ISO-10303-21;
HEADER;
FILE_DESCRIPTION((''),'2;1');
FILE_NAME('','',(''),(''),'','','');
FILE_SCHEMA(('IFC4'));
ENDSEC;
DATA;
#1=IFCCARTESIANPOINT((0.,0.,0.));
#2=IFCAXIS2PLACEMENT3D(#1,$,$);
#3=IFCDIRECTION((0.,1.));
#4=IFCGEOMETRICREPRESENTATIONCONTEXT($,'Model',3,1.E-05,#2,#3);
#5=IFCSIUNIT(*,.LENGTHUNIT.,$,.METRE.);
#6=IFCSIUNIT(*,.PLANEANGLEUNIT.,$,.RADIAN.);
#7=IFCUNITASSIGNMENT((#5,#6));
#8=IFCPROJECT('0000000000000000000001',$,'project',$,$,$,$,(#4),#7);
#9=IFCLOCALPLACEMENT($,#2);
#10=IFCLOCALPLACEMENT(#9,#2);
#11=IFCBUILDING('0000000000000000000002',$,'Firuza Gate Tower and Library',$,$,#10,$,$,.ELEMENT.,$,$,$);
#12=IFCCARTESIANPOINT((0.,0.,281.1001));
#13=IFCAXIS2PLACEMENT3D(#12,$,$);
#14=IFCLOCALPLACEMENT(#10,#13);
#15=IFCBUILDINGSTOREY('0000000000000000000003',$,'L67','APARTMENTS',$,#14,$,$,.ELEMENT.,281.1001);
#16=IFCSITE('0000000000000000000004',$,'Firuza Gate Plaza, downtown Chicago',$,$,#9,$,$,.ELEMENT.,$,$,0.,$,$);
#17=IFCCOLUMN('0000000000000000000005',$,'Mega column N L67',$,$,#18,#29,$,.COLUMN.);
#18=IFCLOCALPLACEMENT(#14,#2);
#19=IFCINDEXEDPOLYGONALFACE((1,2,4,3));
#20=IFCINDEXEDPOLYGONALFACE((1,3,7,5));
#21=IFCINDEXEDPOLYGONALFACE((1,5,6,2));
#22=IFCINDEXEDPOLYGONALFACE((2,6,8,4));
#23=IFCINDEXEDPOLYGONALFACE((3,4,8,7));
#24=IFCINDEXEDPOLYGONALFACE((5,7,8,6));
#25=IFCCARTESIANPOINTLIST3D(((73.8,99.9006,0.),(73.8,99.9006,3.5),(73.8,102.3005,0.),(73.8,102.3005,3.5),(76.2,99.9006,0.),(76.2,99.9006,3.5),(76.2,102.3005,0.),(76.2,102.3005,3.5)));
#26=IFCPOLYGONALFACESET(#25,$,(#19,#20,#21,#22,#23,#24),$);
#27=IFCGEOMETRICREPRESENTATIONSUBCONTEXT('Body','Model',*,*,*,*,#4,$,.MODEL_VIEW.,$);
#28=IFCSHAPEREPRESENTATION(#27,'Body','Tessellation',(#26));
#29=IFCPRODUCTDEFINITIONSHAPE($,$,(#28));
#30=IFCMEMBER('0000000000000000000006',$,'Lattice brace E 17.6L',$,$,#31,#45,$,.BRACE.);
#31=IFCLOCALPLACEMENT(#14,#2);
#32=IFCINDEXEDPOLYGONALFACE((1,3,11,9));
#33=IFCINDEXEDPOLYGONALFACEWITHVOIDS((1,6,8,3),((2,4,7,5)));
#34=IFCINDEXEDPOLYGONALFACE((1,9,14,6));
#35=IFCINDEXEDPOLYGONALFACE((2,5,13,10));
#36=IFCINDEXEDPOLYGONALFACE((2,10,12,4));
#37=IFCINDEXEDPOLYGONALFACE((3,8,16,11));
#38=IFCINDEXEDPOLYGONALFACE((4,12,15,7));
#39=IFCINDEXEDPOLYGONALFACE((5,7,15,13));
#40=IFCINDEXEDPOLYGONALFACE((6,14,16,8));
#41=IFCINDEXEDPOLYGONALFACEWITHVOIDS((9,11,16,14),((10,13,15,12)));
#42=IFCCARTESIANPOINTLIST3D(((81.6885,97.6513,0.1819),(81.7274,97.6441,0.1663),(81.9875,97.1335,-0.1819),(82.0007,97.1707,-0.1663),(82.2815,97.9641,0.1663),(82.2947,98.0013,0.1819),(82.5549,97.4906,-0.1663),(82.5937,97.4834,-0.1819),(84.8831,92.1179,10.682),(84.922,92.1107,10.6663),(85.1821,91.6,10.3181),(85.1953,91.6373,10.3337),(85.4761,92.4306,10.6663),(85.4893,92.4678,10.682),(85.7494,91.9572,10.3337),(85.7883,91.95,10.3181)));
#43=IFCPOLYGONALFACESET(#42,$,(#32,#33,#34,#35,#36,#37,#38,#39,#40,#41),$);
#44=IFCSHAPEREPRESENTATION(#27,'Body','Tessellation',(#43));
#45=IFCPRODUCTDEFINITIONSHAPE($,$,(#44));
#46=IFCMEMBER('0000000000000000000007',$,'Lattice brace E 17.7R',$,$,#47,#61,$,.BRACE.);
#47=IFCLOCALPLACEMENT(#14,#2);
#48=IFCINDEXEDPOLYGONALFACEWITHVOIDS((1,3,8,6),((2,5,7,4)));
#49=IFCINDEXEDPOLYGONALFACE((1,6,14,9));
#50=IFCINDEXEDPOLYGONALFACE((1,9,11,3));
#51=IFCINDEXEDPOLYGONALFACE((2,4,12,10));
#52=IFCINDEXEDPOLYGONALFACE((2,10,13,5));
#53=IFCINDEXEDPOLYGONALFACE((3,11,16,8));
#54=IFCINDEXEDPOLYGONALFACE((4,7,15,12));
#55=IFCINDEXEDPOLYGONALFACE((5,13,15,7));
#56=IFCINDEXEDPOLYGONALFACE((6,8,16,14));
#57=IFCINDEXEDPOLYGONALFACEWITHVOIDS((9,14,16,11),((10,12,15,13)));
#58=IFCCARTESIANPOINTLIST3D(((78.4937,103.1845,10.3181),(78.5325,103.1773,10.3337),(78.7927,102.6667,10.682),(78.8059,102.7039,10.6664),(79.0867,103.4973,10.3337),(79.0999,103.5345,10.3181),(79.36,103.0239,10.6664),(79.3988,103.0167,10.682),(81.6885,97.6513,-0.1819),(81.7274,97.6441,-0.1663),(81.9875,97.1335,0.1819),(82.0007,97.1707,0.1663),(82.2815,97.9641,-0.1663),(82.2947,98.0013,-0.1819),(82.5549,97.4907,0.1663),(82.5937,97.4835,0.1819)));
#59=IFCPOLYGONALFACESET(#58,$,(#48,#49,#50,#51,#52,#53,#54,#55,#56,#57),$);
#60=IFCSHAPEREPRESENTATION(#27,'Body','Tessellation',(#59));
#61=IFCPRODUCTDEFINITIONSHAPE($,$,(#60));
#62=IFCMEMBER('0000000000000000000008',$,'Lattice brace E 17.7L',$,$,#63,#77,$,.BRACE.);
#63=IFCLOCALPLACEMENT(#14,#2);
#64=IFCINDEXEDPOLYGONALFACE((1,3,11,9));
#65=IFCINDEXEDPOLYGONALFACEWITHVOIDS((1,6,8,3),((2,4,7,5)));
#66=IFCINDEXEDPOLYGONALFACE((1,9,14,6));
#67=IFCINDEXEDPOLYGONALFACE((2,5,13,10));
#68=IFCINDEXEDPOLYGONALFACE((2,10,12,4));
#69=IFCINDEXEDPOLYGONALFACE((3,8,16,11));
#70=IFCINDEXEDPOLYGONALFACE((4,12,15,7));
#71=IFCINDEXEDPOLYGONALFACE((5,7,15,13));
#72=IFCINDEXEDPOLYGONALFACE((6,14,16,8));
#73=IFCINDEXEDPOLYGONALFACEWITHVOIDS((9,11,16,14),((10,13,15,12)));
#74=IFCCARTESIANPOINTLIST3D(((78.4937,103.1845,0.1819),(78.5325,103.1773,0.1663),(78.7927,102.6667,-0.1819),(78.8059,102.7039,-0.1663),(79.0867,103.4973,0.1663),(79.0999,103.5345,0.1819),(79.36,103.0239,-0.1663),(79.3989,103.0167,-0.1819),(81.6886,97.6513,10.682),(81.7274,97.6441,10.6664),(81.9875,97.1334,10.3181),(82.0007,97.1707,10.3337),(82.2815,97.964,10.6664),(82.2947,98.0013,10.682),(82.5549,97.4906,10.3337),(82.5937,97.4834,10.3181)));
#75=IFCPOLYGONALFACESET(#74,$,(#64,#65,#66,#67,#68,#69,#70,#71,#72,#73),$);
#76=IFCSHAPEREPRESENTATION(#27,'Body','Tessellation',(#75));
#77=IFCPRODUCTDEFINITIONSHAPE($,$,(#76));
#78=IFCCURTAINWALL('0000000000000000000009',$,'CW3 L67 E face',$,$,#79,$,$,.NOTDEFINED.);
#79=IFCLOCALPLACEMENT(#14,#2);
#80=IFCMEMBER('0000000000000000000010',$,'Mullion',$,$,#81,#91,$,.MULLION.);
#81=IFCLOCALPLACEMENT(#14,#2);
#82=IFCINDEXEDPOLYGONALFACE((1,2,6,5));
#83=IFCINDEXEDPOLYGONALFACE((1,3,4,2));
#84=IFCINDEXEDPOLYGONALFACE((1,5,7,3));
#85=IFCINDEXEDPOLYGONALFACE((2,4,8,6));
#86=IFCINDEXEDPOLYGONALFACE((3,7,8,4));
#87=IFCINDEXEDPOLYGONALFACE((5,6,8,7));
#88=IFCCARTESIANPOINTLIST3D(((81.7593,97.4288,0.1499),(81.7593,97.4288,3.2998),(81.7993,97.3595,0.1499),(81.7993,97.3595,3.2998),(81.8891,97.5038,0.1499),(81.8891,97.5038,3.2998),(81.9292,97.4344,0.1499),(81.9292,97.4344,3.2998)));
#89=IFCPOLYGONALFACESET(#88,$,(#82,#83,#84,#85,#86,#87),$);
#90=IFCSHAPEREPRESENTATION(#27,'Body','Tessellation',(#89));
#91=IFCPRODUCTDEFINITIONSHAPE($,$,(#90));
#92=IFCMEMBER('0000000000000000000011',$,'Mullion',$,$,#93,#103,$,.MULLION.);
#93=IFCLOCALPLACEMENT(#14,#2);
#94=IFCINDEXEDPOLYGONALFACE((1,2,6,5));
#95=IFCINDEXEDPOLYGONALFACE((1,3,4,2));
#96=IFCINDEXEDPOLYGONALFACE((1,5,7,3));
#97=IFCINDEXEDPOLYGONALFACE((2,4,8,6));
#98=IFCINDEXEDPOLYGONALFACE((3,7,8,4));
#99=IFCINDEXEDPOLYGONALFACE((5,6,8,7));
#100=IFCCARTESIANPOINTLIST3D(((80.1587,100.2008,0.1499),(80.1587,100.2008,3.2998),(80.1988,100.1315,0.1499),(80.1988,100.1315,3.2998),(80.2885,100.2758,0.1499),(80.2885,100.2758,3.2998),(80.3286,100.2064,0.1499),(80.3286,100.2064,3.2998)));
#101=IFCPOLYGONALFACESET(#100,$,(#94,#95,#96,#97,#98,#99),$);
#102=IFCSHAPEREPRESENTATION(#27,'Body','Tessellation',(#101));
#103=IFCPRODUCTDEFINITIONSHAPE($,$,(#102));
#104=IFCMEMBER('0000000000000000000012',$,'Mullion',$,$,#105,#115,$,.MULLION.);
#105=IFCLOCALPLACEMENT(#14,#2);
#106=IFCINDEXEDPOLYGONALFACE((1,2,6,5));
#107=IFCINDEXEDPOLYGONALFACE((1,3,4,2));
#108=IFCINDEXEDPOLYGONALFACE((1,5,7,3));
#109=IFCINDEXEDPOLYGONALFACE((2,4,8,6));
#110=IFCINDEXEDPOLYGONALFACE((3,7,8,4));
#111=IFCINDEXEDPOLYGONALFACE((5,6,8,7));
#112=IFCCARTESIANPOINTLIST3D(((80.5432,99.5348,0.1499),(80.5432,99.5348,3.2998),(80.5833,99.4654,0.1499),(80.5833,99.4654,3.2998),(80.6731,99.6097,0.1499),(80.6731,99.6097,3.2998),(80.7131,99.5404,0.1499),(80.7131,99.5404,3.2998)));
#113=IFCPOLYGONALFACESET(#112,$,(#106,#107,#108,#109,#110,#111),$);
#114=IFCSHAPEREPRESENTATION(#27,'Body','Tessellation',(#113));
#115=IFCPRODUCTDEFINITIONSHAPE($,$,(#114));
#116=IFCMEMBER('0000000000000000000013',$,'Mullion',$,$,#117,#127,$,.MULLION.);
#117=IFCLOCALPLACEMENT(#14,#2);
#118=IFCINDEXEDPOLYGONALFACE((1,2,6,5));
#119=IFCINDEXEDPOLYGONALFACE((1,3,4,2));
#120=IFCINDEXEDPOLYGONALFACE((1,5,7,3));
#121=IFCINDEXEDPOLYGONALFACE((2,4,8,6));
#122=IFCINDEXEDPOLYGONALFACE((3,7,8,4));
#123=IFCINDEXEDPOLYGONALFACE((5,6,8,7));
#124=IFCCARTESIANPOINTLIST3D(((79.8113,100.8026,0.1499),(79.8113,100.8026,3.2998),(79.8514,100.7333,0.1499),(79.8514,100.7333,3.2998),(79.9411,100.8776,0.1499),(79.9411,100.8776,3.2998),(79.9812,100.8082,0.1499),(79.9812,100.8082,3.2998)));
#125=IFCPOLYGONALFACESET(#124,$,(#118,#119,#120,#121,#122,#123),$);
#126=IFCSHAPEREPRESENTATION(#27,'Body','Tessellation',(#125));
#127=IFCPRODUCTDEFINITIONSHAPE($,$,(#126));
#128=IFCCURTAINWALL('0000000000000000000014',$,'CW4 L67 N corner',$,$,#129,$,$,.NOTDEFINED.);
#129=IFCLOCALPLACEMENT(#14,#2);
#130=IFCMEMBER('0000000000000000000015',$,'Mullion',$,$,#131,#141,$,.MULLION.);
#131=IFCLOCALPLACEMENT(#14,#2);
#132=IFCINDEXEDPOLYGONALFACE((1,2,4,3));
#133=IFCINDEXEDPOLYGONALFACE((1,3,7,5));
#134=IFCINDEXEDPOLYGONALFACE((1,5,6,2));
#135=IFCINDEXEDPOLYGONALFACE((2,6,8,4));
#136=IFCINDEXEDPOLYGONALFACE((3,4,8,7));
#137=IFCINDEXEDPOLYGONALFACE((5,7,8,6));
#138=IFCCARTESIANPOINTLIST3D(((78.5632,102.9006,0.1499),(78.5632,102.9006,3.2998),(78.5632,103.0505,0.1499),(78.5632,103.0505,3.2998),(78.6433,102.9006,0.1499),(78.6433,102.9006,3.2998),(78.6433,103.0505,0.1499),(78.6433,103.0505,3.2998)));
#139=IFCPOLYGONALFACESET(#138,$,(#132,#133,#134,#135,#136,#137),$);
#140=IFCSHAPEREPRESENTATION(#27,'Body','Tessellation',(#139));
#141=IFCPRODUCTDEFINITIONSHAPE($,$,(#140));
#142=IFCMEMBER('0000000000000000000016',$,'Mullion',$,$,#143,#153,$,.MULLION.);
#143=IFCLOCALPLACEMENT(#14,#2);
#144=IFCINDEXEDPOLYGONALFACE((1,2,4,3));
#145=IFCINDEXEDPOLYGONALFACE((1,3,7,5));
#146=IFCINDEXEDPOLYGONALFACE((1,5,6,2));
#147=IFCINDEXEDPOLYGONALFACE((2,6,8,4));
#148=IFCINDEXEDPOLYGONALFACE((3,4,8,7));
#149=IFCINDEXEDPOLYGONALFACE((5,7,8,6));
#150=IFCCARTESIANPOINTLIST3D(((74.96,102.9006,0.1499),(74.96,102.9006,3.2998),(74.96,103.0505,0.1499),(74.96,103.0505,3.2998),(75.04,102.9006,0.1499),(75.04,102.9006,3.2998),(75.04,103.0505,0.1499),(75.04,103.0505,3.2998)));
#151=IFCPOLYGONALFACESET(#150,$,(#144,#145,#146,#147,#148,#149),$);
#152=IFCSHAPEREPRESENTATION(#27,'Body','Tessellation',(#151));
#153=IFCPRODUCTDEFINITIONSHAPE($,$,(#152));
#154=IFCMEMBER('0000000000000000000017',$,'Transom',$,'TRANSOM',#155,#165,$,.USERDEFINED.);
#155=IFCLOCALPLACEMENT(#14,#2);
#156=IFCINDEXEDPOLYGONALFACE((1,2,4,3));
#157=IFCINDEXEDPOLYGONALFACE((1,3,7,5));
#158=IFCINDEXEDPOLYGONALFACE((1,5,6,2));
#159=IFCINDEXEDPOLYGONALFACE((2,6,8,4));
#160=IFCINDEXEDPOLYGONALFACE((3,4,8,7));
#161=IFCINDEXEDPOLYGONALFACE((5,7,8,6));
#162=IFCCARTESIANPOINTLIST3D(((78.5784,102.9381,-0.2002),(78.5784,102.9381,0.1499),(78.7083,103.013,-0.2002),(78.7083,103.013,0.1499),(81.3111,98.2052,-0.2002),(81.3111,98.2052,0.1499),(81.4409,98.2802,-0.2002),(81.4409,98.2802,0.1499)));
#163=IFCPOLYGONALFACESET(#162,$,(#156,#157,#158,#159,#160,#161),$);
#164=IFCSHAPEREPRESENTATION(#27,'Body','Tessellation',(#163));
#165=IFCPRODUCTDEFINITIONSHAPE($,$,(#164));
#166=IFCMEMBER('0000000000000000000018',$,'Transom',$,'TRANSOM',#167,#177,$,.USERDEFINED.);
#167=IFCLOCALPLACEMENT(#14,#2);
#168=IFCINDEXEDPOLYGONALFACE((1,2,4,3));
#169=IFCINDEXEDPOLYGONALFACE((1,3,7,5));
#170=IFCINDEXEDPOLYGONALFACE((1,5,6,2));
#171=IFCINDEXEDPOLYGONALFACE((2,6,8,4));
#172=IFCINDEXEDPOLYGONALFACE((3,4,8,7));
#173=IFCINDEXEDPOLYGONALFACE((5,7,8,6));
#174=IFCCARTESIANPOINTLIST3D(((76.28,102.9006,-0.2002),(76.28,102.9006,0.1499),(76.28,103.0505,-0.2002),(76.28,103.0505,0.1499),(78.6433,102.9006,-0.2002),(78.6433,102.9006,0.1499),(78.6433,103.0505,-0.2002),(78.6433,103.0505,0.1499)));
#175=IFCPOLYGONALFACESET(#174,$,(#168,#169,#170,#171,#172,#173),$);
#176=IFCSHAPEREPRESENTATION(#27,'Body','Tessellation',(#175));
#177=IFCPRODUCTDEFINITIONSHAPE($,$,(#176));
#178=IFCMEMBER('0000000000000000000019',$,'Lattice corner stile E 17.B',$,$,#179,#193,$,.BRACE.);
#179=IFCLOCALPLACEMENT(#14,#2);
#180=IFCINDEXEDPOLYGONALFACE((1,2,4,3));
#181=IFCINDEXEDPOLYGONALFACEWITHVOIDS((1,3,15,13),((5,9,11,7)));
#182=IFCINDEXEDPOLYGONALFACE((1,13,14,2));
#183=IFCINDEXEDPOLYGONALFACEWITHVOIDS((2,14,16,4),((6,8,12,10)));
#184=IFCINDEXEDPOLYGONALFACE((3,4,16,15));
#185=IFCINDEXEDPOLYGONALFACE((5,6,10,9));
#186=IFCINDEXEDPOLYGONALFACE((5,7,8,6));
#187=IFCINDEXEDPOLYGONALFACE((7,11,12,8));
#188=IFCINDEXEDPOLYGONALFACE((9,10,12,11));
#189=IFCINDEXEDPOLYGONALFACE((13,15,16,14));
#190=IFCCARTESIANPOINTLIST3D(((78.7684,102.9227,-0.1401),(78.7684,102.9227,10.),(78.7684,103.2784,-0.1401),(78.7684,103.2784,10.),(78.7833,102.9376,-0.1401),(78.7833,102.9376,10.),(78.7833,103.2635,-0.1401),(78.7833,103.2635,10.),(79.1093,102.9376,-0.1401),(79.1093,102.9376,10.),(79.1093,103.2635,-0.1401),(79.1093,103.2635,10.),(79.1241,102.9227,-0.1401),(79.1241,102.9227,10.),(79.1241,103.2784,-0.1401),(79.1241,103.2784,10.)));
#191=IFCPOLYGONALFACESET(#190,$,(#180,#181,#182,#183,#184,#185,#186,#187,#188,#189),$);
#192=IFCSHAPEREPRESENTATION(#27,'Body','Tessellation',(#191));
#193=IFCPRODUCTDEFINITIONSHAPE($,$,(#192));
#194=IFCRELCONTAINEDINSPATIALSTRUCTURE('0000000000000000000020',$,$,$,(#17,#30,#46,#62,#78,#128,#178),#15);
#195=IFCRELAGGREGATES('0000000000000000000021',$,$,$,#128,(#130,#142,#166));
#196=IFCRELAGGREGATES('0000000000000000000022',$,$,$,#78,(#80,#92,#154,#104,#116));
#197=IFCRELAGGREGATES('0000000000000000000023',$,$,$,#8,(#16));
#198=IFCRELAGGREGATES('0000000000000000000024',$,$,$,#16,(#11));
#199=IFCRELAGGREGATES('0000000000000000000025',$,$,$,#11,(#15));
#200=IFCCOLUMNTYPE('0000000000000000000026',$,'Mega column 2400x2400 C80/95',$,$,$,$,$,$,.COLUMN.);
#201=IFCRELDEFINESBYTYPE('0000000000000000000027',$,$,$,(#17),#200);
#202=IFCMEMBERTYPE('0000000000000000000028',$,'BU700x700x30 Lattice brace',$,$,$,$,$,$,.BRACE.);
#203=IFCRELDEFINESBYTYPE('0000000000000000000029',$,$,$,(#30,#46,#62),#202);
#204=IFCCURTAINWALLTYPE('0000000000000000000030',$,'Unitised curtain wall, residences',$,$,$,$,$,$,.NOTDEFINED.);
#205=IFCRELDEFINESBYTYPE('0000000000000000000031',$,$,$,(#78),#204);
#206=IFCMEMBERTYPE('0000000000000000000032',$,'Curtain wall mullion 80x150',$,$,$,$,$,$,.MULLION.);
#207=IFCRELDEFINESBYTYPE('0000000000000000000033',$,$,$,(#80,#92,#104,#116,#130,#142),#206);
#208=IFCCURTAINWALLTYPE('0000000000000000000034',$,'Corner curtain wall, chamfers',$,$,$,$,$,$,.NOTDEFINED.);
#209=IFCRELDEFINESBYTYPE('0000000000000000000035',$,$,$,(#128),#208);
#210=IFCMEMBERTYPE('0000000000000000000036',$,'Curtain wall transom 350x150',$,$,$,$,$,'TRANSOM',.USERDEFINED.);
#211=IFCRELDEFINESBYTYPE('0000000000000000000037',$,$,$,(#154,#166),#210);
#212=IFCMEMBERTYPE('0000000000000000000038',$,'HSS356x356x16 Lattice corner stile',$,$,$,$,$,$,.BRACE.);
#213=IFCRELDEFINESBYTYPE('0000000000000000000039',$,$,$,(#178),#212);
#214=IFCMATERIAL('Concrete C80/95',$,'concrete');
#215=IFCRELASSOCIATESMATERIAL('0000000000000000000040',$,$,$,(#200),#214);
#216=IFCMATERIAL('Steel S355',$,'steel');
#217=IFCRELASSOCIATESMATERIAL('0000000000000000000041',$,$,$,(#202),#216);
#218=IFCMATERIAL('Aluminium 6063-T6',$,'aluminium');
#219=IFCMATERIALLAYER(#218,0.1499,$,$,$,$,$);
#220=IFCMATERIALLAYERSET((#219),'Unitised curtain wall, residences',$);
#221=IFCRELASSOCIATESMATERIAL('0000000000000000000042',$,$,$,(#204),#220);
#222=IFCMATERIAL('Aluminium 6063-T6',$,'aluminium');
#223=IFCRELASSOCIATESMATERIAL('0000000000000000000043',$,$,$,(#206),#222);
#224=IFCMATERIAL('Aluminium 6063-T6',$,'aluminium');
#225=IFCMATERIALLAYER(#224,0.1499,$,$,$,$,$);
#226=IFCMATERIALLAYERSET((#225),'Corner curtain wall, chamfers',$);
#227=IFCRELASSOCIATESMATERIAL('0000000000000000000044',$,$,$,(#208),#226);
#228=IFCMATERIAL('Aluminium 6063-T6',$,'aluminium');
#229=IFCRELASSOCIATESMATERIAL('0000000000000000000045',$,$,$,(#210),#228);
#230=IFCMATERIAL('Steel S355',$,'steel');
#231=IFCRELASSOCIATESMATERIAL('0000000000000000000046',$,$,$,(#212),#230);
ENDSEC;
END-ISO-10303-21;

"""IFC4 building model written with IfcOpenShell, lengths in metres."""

from ifc_helpers import new_model, si_unit, direction, frame, origin, origin_2d, place, context, subcontext, project, spatial, rectangle, hollow_rectangle, extrude, material, layer, layer_set, material_profile, profile_set, type_object, element, aggregate, save


model = new_model("IFC4")

# Units and contexts
model_context = context("Model", 3, precision=1e-05, world=origin(), true_north=direction((0.0, 1.0)))
body_context = subcontext(model_context, "Body", "Model", "MODEL_VIEW")
ifc_project = project(units=[si_unit("LENGTHUNIT", "METRE"), si_unit("PLANEANGLEUNIT", "RADIAN")], contexts=[model_context])

# Site, building, storey
site_placement = place(None, origin())
site = spatial("IfcSite", under=ifc_project, at=site_placement, Name="Firuza Gate Plaza, downtown Chicago", CompositionType="ELEMENT", RefElevation=0.0)
building_placement = place(site_placement, origin())
building = spatial("IfcBuilding", under=site, at=building_placement, Name="Firuza Gate Tower and Library", CompositionType="ELEMENT")
storey_placement = place(building_placement, frame((0.0, 0.0, 281.1001)))
storey = spatial("IfcBuildingStorey", under=building, at=storey_placement, Name="L67", Description="APARTMENTS", CompositionType="ELEMENT", Elevation=281.1001)

# Column
ifc_material_1 = material(Name="Concrete C80/95", Category="concrete")
ifc_material_profile_1 = material_profile(ifc_material_1, rectangle(XDim=2.3999, YDim=2.3999, at=origin_2d()))
ifc_profile_set_1 = profile_set([ifc_material_profile_1], Name="Concrete C80/95")
column_type = type_object("IfcColumnType", Name="Mega column 2400x2400 C80/95", PredefinedType="COLUMN", material=ifc_profile_set_1)
column_placement = place(storey_placement, frame((75.0, 101.1006, 0.0), z_axis=(0.0, 0.0, 1.0), x_axis=(-1.0, 0.0, 0.0)))
element("IfcColumn", 1, at=column_placement, inside=storey, type_object=column_type, Name="Mega column N L67", PredefinedType="COLUMN", context=body_context, shape_type="SweptSolid", body=[
    extrude(rectangle(XDim=2.3999, YDim=2.3999, at=origin_2d()), origin(), (0.0, 0.0, 1.0), 3.5),
])

# Members
ifc_material_2 = material(Name="Steel S355", Category="steel")
ifc_material_profile_2 = material_profile(ifc_material_2, hollow_rectangle(XDim=0.7, YDim=0.7, WallThickness=0.03, at=origin_2d()))
ifc_profile_set_2 = profile_set([ifc_material_profile_2], Name="Steel S355")
member_type_1 = type_object("IfcMemberType", Name="BU700x700x30 Lattice brace", PredefinedType="BRACE", material=ifc_profile_set_2)
for number, where, z_axis, x_axis, name in (
    (2, (82.1411, 97.5674, 0.0), (0.259907, -0.450195, 0.854268), (0.866036, 0.499982, 0.0), "Lattice brace E 17.6L"),
    (3, (82.1411, 97.5674, 0.0), (-0.259928, 0.450177, 0.854271), (-0.86601, -0.500027, 0.0), "Lattice brace E 17.7R"),
    (4, (78.9463, 103.1006, 0.0), (0.259928, -0.450177, 0.854271), (0.86601, 0.500027, 0.0), "Lattice brace E 17.7L"),
):
    element("IfcMember", number, at=place(storey_placement, frame(where, z_axis=z_axis, x_axis=x_axis)), inside=storey, type_object=member_type_1, Name=name, PredefinedType="BRACE", context=body_context, shape_type="SweptSolid", body=[
        extrude(hollow_rectangle(XDim=0.7, YDim=0.7, WallThickness=0.03, at=origin_2d()), origin(), (0.0, 0.0, 1.0), 12.2913),
    ])

# Curtain walls, members
ifc_material_3 = material(Name="Aluminium 6063-T6", Category="aluminium")
ifc_layer_1 = layer(ifc_material_3, 0.1499)
ifc_layer_set_1 = layer_set([ifc_layer_1], Name="Unitised curtain wall, residences")
curtain_wall_type_1 = type_object("IfcCurtainWallType", Name="Unitised curtain wall, residences", PredefinedType="NOTDEFINED", material=ifc_layer_set_1)
placement = place(storey_placement, origin())
curtain_wall_1 = element("IfcCurtainWall", 5, at=placement, inside=storey, type_object=curtain_wall_type_1, Name="CW3 L67 E face", PredefinedType="NOTDEFINED")
ifc_material_4 = material(Name="Aluminium 6063-T6", Category="aluminium")
ifc_material_profile_3 = material_profile(ifc_material_4, rectangle(XDim=0.1499, YDim=0.0801, at=origin_2d()))
ifc_profile_set_3 = profile_set([ifc_material_profile_3], Name="Aluminium 6063-T6")
member_type_2 = type_object("IfcMemberType", Name="Curtain wall mullion 80x150", PredefinedType="MULLION", material=ifc_profile_set_3)
member_1_placement = place(storey_placement, frame((81.8442, 97.4316, 0.1499), z_axis=(0.0, 0.0, 1.0), x_axis=(-0.866025, -0.5, 0.0)))
member_1 = element("IfcMember", 6, at=member_1_placement, type_object=member_type_2, Name="Mullion", PredefinedType="MULLION", context=body_context, shape_type="SweptSolid", body=[
    extrude(rectangle(XDim=0.1499, YDim=0.0801, at=origin_2d()), origin(), (0.0, 0.0, 1.0), 3.1499),
])
member_2_placement = place(storey_placement, frame((80.2437, 100.2036, 0.1499), z_axis=(0.0, 0.0, 1.0), x_axis=(-0.866025, -0.5, 0.0)))
member_2 = element("IfcMember", 7, at=member_2_placement, type_object=member_type_2, Name="Mullion", PredefinedType="MULLION", context=body_context, shape_type="SweptSolid", body=[
    extrude(rectangle(XDim=0.1499, YDim=0.0801, at=origin_2d()), origin(), (0.0, 0.0, 1.0), 3.1499),
])
member_3_placement = place(storey_placement, frame((80.6282, 99.5376, 0.1499), z_axis=(0.0, 0.0, 1.0), x_axis=(-0.866025, -0.5, 0.0)))
member_3 = element("IfcMember", 8, at=member_3_placement, type_object=member_type_2, Name="Mullion", PredefinedType="MULLION", context=body_context, shape_type="SweptSolid", body=[
    extrude(rectangle(XDim=0.1499, YDim=0.0801, at=origin_2d()), origin(), (0.0, 0.0, 1.0), 3.1499),
])
member_4_placement = place(storey_placement, frame((79.8962, 100.8054, 0.1499), z_axis=(0.0, 0.0, 1.0), x_axis=(-0.866025, -0.5, 0.0)))
member_4 = element("IfcMember", 9, at=member_4_placement, type_object=member_type_2, Name="Mullion", PredefinedType="MULLION", context=body_context, shape_type="SweptSolid", body=[
    extrude(rectangle(XDim=0.1499, YDim=0.0801, at=origin_2d()), origin(), (0.0, 0.0, 1.0), 3.1499),
])
ifc_material_5 = material(Name="Aluminium 6063-T6", Category="aluminium")
ifc_layer_2 = layer(ifc_material_5, 0.1499)
ifc_layer_set_2 = layer_set([ifc_layer_2], Name="Corner curtain wall, chamfers")
curtain_wall_type_2 = type_object("IfcCurtainWallType", Name="Corner curtain wall, chamfers", PredefinedType="NOTDEFINED", material=ifc_layer_set_2)
curtain_wall_2 = element("IfcCurtainWall", 10, at=placement, inside=storey, type_object=curtain_wall_type_2, Name="CW4 L67 N corner", PredefinedType="NOTDEFINED")
member_5_placement = place(storey_placement, frame((78.6033, 102.9756, 0.1499), z_axis=(0.0, 0.0, 1.0), x_axis=(0.0, -1.0, 0.0)))
member_5 = element("IfcMember", 11, at=member_5_placement, type_object=member_type_2, Name="Mullion", PredefinedType="MULLION", context=body_context, shape_type="SweptSolid", body=[
    extrude(rectangle(XDim=0.1499, YDim=0.0801, at=origin_2d()), origin(), (0.0, 0.0, 1.0), 3.1499),
])
member_6_placement = place(storey_placement, frame((75.0, 102.9756, 0.1499), z_axis=(0.0, 0.0, 1.0), x_axis=(0.0, -1.0, 0.0)))
member_6 = element("IfcMember", 12, at=member_6_placement, type_object=member_type_2, Name="Mullion", PredefinedType="MULLION", context=body_context, shape_type="SweptSolid", body=[
    extrude(rectangle(XDim=0.1499, YDim=0.0801, at=origin_2d()), origin(), (0.0, 0.0, 1.0), 3.1499),
])

# Members
ifc_material_6 = material(Name="Aluminium 6063-T6", Category="aluminium")
ifc_material_profile_4 = material_profile(ifc_material_6, rectangle(XDim=0.1499, YDim=0.3501, at=origin_2d()))
ifc_profile_set_4 = profile_set([ifc_material_profile_4], Name="Aluminium 6063-T6")
member_type_3 = type_object("IfcMemberType", Name="Curtain wall transom 350x150", ElementType="TRANSOM", PredefinedType="USERDEFINED", material=ifc_profile_set_4)
member_7_placement = place(storey_placement, frame((81.376, 98.2427, -0.0251), z_axis=(-0.500016, 0.866016, 0.0), x_axis=(-0.866016, -0.500016, 0.0)))
member_7 = element("IfcMember", 13, at=member_7_placement, type_object=member_type_3, Name="Transom", ObjectType="TRANSOM", PredefinedType="USERDEFINED", context=body_context, shape_type="SweptSolid", body=[
    extrude(rectangle(XDim=0.1499, YDim=0.3501, at=origin_2d()), origin(), (0.0, 0.0, 1.0), 5.4651),
])
member_8_placement = place(storey_placement, frame((78.6433, 102.9756, -0.0251), z_axis=(-1.0, 0.0, 0.0), x_axis=(0.0, -1.0, 0.0)))
member_8 = element("IfcMember", 14, at=member_8_placement, type_object=member_type_3, Name="Transom", ObjectType="TRANSOM", PredefinedType="USERDEFINED", context=body_context, shape_type="SweptSolid", body=[
    extrude(rectangle(XDim=0.1499, YDim=0.3501, at=origin_2d()), origin(), (0.0, 0.0, 1.0), 2.3633),
])

# Member
ifc_material_7 = material(Name="Steel S355", Category="steel")
ifc_material_profile_5 = material_profile(ifc_material_7, hollow_rectangle(XDim=0.3557, YDim=0.3557, WallThickness=0.0149, at=origin_2d()))
ifc_profile_set_5 = profile_set([ifc_material_profile_5], Name="Steel S355")
member_type_4 = type_object("IfcMemberType", Name="HSS356x356x16 Lattice corner stile", PredefinedType="BRACE", material=ifc_profile_set_5)
member_9_placement = place(storey_placement, frame((78.9463, 103.1006, -0.1401), z_axis=(0.0, 0.0, 1.0), x_axis=(1.0, 0.0, 0.0)))
element("IfcMember", 15, at=member_9_placement, inside=storey, type_object=member_type_4, Name="Lattice corner stile E 17.B", PredefinedType="BRACE", context=body_context, shape_type="SweptSolid", body=[
    extrude(hollow_rectangle(XDim=0.3557, YDim=0.3557, WallThickness=0.0149, at=origin_2d()), origin(), (0.0, 0.0, 1.0), 10.1401),
])

aggregate(curtain_wall_2, [member_5, member_6, member_8])
aggregate(curtain_wall_1, [member_1, member_2, member_7, member_3, member_4])

save(model, "model.ifc")
